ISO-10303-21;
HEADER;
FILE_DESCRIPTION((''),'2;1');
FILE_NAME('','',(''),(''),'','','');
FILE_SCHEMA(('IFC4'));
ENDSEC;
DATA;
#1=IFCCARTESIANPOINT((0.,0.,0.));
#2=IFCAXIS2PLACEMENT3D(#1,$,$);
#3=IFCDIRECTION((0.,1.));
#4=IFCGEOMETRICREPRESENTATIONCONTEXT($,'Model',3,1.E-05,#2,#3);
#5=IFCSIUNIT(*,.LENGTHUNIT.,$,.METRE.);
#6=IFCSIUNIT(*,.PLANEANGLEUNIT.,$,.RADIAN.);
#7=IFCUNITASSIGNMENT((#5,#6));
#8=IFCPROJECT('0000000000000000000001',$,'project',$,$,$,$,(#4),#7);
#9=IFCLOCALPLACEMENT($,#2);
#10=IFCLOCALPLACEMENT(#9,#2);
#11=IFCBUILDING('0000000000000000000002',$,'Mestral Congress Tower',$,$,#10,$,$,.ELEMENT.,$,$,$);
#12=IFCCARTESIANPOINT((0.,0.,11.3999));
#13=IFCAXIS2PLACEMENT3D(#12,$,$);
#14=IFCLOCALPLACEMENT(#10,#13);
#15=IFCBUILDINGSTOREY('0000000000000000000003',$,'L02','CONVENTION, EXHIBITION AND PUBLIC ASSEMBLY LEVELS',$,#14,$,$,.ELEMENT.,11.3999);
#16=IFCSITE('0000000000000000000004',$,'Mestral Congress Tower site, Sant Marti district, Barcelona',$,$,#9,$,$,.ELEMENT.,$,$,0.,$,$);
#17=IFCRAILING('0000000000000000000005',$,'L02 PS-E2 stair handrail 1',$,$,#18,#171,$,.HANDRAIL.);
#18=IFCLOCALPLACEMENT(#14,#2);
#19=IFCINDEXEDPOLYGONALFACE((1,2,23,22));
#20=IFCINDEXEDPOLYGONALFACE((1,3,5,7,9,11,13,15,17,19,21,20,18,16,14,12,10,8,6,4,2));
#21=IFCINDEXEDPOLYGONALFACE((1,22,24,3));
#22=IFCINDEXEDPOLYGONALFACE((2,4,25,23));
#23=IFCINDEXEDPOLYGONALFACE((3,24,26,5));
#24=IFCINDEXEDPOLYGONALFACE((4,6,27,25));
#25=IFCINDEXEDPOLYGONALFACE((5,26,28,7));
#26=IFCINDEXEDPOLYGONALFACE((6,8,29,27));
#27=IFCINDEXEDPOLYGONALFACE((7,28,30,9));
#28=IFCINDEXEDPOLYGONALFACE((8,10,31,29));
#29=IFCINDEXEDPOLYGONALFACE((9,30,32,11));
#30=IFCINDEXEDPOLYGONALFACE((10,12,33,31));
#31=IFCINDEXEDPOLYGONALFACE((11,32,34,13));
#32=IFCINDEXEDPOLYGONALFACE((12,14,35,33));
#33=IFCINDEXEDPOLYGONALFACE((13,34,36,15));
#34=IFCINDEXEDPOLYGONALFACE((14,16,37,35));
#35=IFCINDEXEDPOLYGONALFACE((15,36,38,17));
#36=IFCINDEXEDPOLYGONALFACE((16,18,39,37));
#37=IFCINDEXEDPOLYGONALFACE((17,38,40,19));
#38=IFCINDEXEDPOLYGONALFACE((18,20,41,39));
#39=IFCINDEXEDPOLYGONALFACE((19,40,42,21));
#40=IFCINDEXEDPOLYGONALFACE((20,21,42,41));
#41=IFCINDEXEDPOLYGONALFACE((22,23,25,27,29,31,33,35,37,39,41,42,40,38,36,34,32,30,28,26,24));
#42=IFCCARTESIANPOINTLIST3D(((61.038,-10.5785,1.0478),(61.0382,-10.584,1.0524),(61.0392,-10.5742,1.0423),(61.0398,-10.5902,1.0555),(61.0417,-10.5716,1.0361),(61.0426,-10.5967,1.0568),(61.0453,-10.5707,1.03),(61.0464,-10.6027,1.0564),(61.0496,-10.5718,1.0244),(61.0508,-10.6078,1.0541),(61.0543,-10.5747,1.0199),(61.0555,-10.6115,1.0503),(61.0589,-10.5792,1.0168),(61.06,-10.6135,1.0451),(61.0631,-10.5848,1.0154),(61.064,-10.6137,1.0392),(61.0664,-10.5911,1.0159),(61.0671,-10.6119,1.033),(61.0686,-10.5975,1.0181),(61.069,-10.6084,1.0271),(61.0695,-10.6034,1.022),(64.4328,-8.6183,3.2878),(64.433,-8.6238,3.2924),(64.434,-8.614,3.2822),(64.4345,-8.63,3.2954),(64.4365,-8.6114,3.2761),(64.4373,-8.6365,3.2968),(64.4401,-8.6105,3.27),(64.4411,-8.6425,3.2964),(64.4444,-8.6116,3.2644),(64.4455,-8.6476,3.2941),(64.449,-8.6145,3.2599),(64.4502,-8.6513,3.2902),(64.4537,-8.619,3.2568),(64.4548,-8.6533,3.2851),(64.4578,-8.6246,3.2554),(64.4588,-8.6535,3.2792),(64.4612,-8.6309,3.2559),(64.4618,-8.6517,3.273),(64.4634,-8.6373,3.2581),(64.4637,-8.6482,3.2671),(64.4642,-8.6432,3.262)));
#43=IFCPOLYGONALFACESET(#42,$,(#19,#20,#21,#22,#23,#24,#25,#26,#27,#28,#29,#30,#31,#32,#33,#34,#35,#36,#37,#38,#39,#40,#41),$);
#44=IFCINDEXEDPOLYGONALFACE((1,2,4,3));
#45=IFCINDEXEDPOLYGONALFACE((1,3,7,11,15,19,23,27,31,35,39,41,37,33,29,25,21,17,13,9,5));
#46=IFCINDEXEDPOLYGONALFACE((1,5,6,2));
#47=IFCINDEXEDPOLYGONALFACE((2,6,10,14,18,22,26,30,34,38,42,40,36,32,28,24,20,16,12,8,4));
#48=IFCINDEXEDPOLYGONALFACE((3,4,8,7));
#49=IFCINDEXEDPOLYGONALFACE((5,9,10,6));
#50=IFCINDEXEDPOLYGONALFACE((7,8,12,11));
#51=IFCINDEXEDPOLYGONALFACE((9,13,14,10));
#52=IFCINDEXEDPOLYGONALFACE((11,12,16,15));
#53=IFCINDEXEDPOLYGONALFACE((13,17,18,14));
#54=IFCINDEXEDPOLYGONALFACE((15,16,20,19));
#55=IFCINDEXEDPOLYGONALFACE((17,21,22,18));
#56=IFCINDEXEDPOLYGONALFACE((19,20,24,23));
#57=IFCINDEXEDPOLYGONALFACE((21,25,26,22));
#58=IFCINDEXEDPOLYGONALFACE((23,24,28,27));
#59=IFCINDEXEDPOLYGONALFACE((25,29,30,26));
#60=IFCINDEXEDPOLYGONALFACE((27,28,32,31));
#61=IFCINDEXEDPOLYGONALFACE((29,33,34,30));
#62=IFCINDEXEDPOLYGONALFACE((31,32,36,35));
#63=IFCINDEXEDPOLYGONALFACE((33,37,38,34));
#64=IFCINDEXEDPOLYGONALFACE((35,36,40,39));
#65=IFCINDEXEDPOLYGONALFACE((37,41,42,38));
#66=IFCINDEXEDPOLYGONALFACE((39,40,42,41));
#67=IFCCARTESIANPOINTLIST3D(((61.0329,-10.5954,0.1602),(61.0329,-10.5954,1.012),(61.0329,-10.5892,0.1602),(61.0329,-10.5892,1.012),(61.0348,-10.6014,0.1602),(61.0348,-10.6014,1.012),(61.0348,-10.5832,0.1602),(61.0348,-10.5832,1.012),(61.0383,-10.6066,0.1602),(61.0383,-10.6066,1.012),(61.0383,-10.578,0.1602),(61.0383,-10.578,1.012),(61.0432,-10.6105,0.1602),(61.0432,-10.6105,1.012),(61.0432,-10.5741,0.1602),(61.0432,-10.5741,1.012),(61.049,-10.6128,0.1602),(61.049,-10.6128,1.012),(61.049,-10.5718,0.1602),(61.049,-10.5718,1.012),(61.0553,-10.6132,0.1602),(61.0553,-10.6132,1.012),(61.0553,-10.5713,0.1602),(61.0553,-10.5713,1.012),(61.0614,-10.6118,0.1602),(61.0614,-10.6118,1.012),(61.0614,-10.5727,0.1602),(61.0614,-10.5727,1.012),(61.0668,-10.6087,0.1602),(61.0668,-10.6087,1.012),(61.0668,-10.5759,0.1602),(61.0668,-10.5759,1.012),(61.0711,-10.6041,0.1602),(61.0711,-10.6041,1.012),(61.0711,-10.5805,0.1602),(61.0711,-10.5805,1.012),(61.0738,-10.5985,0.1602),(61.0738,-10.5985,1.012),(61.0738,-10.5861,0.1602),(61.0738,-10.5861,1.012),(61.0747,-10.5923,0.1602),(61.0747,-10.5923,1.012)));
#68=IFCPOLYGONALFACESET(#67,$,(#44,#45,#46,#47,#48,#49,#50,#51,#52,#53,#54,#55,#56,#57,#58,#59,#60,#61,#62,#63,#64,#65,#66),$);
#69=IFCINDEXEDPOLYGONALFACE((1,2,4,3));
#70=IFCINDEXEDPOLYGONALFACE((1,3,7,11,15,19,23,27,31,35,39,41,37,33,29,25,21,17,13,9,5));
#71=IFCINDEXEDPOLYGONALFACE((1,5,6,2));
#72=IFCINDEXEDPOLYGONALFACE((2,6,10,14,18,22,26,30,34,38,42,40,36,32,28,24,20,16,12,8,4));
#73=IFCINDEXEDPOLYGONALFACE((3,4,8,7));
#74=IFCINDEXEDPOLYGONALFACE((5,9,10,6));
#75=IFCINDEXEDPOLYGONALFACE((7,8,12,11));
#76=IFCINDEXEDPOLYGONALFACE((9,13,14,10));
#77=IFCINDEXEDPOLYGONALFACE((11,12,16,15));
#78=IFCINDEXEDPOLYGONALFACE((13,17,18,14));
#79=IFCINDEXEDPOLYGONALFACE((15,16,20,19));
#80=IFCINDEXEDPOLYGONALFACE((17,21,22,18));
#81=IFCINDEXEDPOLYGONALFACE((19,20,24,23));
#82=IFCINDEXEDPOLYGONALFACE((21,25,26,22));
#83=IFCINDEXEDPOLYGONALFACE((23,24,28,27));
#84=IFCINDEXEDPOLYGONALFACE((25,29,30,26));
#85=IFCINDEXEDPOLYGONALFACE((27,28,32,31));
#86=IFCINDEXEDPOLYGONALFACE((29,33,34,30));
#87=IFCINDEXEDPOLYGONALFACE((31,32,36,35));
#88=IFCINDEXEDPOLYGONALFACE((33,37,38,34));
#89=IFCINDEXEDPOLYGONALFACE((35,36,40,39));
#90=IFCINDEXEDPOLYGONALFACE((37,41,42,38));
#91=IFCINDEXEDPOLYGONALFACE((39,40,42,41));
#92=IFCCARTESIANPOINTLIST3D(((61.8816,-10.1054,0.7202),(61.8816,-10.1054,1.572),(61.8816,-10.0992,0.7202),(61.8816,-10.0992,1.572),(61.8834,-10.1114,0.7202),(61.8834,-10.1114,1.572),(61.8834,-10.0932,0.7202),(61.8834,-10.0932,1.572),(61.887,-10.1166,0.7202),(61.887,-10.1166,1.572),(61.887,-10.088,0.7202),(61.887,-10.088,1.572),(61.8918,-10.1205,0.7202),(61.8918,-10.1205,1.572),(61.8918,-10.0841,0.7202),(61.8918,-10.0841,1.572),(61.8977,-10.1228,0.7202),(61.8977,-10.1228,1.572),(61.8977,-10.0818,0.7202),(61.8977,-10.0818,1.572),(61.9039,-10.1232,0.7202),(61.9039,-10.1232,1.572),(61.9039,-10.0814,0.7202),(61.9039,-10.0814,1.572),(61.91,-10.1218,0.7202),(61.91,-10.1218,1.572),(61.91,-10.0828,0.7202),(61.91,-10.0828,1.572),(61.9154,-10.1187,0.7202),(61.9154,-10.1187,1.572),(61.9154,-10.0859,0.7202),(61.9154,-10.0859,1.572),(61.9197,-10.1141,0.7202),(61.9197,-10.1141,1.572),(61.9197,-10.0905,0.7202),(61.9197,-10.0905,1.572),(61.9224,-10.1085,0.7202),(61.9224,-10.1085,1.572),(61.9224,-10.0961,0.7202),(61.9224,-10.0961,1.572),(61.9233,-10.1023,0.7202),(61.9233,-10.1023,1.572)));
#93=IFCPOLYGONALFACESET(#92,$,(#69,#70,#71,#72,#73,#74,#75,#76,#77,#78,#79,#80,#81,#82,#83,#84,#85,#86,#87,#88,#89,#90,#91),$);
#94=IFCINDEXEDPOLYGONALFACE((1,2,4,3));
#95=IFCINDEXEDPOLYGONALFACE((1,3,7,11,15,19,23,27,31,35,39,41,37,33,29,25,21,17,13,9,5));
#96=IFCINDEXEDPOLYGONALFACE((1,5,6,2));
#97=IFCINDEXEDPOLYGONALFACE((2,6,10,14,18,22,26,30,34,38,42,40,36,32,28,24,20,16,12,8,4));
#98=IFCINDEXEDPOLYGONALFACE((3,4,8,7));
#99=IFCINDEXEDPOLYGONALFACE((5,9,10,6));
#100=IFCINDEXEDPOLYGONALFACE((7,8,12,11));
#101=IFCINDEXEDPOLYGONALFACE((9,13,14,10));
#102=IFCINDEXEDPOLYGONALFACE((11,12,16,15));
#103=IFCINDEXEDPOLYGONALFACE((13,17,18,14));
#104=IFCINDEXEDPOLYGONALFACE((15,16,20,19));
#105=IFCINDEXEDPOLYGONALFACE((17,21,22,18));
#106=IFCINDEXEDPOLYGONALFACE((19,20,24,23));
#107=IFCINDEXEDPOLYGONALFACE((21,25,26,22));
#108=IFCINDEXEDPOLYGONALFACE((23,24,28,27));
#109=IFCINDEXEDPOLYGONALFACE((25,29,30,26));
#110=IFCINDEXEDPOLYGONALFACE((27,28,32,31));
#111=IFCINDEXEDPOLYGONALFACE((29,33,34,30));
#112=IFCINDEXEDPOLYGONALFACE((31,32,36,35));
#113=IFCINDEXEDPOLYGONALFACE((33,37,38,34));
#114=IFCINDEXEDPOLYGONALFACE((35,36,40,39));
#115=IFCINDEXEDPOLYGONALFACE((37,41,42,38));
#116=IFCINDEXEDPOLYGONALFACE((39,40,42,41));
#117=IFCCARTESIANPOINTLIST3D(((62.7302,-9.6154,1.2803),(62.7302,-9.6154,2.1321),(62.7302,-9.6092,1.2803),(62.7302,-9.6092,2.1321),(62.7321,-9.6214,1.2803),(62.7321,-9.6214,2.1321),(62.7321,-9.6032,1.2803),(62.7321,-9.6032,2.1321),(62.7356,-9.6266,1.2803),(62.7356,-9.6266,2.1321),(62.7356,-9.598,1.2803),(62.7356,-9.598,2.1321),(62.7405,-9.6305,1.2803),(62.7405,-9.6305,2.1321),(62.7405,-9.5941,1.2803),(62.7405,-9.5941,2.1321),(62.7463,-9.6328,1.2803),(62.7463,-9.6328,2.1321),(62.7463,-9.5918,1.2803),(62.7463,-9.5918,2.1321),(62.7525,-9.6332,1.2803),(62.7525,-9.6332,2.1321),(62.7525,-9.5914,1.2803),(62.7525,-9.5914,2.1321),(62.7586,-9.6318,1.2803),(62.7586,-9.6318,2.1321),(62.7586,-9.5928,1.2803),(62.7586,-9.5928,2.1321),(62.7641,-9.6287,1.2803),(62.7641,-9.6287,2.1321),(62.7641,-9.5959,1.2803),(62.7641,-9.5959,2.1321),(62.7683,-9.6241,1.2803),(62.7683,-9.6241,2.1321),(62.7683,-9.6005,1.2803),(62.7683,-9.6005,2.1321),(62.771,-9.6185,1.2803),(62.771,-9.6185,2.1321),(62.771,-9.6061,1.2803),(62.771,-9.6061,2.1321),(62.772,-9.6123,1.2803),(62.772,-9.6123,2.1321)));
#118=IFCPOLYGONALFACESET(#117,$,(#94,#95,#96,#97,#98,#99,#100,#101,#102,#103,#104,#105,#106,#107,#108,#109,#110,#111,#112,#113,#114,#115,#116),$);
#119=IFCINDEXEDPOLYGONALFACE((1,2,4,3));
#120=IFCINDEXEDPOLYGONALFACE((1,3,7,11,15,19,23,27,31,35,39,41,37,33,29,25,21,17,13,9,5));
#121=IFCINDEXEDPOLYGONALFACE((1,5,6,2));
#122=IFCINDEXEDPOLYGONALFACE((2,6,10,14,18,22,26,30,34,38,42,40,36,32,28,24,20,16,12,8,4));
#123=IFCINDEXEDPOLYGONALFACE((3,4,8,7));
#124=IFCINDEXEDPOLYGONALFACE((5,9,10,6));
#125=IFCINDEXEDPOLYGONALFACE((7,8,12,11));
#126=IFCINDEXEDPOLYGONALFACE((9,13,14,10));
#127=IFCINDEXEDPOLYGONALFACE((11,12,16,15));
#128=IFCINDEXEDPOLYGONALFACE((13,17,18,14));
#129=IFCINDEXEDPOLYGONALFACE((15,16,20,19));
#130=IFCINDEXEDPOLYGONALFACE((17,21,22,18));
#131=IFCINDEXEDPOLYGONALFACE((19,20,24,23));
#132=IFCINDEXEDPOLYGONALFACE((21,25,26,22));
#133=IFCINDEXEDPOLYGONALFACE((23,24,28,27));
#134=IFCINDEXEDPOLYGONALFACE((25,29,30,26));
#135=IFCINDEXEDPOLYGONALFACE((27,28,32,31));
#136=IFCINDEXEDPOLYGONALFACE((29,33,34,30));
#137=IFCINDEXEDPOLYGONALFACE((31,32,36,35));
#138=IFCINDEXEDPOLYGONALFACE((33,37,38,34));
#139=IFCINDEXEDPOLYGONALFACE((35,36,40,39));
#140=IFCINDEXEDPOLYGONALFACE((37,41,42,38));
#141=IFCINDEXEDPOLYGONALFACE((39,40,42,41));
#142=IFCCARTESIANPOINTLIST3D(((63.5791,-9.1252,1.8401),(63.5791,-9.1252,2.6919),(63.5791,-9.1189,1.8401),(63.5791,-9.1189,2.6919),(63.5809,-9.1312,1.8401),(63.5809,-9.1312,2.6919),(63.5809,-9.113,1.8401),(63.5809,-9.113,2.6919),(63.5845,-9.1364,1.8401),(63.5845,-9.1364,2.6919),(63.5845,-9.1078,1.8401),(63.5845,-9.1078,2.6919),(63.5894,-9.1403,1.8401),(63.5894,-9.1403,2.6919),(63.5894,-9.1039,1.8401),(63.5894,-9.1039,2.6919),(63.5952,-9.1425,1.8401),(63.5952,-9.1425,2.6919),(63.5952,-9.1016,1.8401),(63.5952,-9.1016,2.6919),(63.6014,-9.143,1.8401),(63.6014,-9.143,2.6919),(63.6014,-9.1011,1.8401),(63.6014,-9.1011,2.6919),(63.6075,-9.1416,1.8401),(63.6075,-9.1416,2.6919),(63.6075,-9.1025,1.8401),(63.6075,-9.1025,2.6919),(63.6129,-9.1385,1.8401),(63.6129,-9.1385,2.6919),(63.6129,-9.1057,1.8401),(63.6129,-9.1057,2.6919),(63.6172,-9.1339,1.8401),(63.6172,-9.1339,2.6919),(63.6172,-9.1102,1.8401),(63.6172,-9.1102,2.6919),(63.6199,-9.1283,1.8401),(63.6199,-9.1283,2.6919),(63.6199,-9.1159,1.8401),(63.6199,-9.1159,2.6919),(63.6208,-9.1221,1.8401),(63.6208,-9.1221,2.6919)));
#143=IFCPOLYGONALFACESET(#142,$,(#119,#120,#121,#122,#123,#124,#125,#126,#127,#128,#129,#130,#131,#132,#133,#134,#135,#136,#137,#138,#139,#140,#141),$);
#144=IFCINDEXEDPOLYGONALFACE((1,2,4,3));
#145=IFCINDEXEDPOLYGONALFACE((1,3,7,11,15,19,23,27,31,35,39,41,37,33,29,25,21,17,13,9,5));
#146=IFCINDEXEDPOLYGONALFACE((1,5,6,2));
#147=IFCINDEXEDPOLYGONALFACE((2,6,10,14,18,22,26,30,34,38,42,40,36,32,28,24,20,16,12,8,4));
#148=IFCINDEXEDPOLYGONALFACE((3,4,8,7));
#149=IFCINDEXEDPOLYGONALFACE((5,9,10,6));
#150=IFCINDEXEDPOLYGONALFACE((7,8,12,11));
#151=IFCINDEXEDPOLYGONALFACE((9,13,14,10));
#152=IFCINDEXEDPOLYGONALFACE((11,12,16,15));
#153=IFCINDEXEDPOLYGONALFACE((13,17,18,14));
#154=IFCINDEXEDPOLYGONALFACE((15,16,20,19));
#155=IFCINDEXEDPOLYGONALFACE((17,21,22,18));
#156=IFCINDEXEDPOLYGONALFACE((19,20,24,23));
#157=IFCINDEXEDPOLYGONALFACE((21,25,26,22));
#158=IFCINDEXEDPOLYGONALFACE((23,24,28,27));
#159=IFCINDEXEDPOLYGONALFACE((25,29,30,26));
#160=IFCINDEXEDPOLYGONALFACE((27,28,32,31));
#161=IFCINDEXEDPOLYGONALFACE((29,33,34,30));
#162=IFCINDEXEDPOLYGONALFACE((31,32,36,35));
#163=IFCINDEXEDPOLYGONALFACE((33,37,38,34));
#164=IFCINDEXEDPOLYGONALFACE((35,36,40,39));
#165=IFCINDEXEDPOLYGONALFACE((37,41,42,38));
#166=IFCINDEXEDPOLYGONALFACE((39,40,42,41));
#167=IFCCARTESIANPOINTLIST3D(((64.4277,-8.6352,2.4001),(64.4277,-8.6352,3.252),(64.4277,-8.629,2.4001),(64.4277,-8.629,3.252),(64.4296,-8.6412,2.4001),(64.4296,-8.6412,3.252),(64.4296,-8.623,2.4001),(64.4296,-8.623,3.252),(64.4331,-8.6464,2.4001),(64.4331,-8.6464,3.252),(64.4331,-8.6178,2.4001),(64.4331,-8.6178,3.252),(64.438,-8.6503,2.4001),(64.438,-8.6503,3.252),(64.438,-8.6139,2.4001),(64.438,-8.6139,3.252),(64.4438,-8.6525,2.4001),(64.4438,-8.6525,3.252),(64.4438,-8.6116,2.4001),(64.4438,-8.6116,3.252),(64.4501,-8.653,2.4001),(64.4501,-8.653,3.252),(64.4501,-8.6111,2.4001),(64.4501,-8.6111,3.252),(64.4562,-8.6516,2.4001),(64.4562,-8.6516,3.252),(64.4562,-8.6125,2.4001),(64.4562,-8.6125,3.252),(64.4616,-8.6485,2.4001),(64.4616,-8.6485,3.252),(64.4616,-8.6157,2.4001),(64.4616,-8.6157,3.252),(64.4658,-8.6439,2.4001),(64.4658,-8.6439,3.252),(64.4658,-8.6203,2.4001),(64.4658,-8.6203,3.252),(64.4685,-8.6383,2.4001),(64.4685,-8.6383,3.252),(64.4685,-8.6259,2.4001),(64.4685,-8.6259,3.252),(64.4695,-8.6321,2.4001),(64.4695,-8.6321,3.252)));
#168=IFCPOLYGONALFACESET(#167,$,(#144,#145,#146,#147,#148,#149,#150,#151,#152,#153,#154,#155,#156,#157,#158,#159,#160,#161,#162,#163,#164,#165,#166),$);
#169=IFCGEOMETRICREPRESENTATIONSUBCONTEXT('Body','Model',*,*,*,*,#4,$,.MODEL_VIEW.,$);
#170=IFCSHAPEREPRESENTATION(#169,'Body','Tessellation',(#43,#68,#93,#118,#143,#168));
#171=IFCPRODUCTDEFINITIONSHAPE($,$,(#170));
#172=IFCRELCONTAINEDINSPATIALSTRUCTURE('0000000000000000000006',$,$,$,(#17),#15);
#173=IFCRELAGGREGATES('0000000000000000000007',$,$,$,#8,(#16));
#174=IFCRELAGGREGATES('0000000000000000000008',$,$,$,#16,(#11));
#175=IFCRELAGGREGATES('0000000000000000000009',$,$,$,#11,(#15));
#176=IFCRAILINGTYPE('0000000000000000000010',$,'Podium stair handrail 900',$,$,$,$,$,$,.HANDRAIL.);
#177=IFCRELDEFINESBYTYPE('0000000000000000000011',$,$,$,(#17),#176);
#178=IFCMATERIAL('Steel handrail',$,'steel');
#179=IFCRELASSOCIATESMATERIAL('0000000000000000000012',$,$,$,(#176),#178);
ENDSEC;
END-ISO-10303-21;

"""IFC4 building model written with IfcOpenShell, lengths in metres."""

from ifc_helpers import new_model, si_unit, direction, frame, origin, origin_2d, place, context, subcontext, project, spatial, circle, extrude, material, type_object, element, save


model = new_model("IFC4")

# Units and contexts
model_context = context("Model", 3, precision=1e-05, world=origin(), true_north=direction((0.0, 1.0)))
body_context = subcontext(model_context, "Body", "Model", "MODEL_VIEW")
ifc_project = project(units=[si_unit("LENGTHUNIT", "METRE"), si_unit("PLANEANGLEUNIT", "RADIAN")], contexts=[model_context])

# Site, building, storey
site_placement = place(None, origin())
site = spatial("IfcSite", under=ifc_project, at=site_placement, Name="Mestral Congress Tower site, Sant Marti district, Barcelona", CompositionType="ELEMENT", RefElevation=0.0)
building_placement = place(site_placement, origin())
building = spatial("IfcBuilding", under=site, at=building_placement, Name="Mestral Congress Tower", CompositionType="ELEMENT")
storey_placement = place(building_placement, frame((0.0, 0.0, 11.3999)))
storey = spatial("IfcBuildingStorey", under=building, at=storey_placement, Name="L02", Description="CONVENTION, EXHIBITION AND PUBLIC ASSEMBLY LEVELS", CompositionType="ELEMENT", Elevation=11.3999)

# Railing
ifc_material_1 = material(Name="Steel handrail", Category="steel")
railing_type_1 = type_object("IfcRailingType", Name="Podium stair handrail 900", PredefinedType="HANDRAIL", material=ifc_material_1)
railing_1_placement = place(storey_placement, frame((61.0537, -10.5923, 0.1602)))
element("IfcRailing", 1, at=railing_1_placement, inside=storey, type_object=railing_type_1, Name="L02 PS-E2 stair handrail 1", PredefinedType="HANDRAIL", context=body_context, shape_type="SweptSolid", body=[
    extrude(circle(Radius=0.0239, at=origin_2d()), frame((0.0, 0.0, 0.876), z_axis=(0.751902, 0.434162, 0.496131), x_axis=(-0.500044, 0.866, 0.0)), (0.0, 0.0, 1.0), 4.5149),
    extrude(circle(Radius=0.021, at=origin_2d()), origin(), (0.0, 0.0, 1.0), 0.8518),
    extrude(circle(Radius=0.021, at=origin_2d()), frame((0.8486, 0.49, 0.5601)), (0.0, 0.0, 1.0), 0.8518),
    extrude(circle(Radius=0.021, at=origin_2d()), frame((1.6973, 0.98, 1.1201)), (0.0, 0.0, 1.0), 0.8518),
    extrude(circle(Radius=0.021, at=origin_2d()), frame((2.5461, 1.4702, 1.6799)), (0.0, 0.0, 1.0), 0.8518),
    extrude(circle(Radius=0.021, at=origin_2d()), frame((3.3948, 1.9602, 2.24)), (0.0, 0.0, 1.0), 0.8518),
])

save(model, "model.ifc")
